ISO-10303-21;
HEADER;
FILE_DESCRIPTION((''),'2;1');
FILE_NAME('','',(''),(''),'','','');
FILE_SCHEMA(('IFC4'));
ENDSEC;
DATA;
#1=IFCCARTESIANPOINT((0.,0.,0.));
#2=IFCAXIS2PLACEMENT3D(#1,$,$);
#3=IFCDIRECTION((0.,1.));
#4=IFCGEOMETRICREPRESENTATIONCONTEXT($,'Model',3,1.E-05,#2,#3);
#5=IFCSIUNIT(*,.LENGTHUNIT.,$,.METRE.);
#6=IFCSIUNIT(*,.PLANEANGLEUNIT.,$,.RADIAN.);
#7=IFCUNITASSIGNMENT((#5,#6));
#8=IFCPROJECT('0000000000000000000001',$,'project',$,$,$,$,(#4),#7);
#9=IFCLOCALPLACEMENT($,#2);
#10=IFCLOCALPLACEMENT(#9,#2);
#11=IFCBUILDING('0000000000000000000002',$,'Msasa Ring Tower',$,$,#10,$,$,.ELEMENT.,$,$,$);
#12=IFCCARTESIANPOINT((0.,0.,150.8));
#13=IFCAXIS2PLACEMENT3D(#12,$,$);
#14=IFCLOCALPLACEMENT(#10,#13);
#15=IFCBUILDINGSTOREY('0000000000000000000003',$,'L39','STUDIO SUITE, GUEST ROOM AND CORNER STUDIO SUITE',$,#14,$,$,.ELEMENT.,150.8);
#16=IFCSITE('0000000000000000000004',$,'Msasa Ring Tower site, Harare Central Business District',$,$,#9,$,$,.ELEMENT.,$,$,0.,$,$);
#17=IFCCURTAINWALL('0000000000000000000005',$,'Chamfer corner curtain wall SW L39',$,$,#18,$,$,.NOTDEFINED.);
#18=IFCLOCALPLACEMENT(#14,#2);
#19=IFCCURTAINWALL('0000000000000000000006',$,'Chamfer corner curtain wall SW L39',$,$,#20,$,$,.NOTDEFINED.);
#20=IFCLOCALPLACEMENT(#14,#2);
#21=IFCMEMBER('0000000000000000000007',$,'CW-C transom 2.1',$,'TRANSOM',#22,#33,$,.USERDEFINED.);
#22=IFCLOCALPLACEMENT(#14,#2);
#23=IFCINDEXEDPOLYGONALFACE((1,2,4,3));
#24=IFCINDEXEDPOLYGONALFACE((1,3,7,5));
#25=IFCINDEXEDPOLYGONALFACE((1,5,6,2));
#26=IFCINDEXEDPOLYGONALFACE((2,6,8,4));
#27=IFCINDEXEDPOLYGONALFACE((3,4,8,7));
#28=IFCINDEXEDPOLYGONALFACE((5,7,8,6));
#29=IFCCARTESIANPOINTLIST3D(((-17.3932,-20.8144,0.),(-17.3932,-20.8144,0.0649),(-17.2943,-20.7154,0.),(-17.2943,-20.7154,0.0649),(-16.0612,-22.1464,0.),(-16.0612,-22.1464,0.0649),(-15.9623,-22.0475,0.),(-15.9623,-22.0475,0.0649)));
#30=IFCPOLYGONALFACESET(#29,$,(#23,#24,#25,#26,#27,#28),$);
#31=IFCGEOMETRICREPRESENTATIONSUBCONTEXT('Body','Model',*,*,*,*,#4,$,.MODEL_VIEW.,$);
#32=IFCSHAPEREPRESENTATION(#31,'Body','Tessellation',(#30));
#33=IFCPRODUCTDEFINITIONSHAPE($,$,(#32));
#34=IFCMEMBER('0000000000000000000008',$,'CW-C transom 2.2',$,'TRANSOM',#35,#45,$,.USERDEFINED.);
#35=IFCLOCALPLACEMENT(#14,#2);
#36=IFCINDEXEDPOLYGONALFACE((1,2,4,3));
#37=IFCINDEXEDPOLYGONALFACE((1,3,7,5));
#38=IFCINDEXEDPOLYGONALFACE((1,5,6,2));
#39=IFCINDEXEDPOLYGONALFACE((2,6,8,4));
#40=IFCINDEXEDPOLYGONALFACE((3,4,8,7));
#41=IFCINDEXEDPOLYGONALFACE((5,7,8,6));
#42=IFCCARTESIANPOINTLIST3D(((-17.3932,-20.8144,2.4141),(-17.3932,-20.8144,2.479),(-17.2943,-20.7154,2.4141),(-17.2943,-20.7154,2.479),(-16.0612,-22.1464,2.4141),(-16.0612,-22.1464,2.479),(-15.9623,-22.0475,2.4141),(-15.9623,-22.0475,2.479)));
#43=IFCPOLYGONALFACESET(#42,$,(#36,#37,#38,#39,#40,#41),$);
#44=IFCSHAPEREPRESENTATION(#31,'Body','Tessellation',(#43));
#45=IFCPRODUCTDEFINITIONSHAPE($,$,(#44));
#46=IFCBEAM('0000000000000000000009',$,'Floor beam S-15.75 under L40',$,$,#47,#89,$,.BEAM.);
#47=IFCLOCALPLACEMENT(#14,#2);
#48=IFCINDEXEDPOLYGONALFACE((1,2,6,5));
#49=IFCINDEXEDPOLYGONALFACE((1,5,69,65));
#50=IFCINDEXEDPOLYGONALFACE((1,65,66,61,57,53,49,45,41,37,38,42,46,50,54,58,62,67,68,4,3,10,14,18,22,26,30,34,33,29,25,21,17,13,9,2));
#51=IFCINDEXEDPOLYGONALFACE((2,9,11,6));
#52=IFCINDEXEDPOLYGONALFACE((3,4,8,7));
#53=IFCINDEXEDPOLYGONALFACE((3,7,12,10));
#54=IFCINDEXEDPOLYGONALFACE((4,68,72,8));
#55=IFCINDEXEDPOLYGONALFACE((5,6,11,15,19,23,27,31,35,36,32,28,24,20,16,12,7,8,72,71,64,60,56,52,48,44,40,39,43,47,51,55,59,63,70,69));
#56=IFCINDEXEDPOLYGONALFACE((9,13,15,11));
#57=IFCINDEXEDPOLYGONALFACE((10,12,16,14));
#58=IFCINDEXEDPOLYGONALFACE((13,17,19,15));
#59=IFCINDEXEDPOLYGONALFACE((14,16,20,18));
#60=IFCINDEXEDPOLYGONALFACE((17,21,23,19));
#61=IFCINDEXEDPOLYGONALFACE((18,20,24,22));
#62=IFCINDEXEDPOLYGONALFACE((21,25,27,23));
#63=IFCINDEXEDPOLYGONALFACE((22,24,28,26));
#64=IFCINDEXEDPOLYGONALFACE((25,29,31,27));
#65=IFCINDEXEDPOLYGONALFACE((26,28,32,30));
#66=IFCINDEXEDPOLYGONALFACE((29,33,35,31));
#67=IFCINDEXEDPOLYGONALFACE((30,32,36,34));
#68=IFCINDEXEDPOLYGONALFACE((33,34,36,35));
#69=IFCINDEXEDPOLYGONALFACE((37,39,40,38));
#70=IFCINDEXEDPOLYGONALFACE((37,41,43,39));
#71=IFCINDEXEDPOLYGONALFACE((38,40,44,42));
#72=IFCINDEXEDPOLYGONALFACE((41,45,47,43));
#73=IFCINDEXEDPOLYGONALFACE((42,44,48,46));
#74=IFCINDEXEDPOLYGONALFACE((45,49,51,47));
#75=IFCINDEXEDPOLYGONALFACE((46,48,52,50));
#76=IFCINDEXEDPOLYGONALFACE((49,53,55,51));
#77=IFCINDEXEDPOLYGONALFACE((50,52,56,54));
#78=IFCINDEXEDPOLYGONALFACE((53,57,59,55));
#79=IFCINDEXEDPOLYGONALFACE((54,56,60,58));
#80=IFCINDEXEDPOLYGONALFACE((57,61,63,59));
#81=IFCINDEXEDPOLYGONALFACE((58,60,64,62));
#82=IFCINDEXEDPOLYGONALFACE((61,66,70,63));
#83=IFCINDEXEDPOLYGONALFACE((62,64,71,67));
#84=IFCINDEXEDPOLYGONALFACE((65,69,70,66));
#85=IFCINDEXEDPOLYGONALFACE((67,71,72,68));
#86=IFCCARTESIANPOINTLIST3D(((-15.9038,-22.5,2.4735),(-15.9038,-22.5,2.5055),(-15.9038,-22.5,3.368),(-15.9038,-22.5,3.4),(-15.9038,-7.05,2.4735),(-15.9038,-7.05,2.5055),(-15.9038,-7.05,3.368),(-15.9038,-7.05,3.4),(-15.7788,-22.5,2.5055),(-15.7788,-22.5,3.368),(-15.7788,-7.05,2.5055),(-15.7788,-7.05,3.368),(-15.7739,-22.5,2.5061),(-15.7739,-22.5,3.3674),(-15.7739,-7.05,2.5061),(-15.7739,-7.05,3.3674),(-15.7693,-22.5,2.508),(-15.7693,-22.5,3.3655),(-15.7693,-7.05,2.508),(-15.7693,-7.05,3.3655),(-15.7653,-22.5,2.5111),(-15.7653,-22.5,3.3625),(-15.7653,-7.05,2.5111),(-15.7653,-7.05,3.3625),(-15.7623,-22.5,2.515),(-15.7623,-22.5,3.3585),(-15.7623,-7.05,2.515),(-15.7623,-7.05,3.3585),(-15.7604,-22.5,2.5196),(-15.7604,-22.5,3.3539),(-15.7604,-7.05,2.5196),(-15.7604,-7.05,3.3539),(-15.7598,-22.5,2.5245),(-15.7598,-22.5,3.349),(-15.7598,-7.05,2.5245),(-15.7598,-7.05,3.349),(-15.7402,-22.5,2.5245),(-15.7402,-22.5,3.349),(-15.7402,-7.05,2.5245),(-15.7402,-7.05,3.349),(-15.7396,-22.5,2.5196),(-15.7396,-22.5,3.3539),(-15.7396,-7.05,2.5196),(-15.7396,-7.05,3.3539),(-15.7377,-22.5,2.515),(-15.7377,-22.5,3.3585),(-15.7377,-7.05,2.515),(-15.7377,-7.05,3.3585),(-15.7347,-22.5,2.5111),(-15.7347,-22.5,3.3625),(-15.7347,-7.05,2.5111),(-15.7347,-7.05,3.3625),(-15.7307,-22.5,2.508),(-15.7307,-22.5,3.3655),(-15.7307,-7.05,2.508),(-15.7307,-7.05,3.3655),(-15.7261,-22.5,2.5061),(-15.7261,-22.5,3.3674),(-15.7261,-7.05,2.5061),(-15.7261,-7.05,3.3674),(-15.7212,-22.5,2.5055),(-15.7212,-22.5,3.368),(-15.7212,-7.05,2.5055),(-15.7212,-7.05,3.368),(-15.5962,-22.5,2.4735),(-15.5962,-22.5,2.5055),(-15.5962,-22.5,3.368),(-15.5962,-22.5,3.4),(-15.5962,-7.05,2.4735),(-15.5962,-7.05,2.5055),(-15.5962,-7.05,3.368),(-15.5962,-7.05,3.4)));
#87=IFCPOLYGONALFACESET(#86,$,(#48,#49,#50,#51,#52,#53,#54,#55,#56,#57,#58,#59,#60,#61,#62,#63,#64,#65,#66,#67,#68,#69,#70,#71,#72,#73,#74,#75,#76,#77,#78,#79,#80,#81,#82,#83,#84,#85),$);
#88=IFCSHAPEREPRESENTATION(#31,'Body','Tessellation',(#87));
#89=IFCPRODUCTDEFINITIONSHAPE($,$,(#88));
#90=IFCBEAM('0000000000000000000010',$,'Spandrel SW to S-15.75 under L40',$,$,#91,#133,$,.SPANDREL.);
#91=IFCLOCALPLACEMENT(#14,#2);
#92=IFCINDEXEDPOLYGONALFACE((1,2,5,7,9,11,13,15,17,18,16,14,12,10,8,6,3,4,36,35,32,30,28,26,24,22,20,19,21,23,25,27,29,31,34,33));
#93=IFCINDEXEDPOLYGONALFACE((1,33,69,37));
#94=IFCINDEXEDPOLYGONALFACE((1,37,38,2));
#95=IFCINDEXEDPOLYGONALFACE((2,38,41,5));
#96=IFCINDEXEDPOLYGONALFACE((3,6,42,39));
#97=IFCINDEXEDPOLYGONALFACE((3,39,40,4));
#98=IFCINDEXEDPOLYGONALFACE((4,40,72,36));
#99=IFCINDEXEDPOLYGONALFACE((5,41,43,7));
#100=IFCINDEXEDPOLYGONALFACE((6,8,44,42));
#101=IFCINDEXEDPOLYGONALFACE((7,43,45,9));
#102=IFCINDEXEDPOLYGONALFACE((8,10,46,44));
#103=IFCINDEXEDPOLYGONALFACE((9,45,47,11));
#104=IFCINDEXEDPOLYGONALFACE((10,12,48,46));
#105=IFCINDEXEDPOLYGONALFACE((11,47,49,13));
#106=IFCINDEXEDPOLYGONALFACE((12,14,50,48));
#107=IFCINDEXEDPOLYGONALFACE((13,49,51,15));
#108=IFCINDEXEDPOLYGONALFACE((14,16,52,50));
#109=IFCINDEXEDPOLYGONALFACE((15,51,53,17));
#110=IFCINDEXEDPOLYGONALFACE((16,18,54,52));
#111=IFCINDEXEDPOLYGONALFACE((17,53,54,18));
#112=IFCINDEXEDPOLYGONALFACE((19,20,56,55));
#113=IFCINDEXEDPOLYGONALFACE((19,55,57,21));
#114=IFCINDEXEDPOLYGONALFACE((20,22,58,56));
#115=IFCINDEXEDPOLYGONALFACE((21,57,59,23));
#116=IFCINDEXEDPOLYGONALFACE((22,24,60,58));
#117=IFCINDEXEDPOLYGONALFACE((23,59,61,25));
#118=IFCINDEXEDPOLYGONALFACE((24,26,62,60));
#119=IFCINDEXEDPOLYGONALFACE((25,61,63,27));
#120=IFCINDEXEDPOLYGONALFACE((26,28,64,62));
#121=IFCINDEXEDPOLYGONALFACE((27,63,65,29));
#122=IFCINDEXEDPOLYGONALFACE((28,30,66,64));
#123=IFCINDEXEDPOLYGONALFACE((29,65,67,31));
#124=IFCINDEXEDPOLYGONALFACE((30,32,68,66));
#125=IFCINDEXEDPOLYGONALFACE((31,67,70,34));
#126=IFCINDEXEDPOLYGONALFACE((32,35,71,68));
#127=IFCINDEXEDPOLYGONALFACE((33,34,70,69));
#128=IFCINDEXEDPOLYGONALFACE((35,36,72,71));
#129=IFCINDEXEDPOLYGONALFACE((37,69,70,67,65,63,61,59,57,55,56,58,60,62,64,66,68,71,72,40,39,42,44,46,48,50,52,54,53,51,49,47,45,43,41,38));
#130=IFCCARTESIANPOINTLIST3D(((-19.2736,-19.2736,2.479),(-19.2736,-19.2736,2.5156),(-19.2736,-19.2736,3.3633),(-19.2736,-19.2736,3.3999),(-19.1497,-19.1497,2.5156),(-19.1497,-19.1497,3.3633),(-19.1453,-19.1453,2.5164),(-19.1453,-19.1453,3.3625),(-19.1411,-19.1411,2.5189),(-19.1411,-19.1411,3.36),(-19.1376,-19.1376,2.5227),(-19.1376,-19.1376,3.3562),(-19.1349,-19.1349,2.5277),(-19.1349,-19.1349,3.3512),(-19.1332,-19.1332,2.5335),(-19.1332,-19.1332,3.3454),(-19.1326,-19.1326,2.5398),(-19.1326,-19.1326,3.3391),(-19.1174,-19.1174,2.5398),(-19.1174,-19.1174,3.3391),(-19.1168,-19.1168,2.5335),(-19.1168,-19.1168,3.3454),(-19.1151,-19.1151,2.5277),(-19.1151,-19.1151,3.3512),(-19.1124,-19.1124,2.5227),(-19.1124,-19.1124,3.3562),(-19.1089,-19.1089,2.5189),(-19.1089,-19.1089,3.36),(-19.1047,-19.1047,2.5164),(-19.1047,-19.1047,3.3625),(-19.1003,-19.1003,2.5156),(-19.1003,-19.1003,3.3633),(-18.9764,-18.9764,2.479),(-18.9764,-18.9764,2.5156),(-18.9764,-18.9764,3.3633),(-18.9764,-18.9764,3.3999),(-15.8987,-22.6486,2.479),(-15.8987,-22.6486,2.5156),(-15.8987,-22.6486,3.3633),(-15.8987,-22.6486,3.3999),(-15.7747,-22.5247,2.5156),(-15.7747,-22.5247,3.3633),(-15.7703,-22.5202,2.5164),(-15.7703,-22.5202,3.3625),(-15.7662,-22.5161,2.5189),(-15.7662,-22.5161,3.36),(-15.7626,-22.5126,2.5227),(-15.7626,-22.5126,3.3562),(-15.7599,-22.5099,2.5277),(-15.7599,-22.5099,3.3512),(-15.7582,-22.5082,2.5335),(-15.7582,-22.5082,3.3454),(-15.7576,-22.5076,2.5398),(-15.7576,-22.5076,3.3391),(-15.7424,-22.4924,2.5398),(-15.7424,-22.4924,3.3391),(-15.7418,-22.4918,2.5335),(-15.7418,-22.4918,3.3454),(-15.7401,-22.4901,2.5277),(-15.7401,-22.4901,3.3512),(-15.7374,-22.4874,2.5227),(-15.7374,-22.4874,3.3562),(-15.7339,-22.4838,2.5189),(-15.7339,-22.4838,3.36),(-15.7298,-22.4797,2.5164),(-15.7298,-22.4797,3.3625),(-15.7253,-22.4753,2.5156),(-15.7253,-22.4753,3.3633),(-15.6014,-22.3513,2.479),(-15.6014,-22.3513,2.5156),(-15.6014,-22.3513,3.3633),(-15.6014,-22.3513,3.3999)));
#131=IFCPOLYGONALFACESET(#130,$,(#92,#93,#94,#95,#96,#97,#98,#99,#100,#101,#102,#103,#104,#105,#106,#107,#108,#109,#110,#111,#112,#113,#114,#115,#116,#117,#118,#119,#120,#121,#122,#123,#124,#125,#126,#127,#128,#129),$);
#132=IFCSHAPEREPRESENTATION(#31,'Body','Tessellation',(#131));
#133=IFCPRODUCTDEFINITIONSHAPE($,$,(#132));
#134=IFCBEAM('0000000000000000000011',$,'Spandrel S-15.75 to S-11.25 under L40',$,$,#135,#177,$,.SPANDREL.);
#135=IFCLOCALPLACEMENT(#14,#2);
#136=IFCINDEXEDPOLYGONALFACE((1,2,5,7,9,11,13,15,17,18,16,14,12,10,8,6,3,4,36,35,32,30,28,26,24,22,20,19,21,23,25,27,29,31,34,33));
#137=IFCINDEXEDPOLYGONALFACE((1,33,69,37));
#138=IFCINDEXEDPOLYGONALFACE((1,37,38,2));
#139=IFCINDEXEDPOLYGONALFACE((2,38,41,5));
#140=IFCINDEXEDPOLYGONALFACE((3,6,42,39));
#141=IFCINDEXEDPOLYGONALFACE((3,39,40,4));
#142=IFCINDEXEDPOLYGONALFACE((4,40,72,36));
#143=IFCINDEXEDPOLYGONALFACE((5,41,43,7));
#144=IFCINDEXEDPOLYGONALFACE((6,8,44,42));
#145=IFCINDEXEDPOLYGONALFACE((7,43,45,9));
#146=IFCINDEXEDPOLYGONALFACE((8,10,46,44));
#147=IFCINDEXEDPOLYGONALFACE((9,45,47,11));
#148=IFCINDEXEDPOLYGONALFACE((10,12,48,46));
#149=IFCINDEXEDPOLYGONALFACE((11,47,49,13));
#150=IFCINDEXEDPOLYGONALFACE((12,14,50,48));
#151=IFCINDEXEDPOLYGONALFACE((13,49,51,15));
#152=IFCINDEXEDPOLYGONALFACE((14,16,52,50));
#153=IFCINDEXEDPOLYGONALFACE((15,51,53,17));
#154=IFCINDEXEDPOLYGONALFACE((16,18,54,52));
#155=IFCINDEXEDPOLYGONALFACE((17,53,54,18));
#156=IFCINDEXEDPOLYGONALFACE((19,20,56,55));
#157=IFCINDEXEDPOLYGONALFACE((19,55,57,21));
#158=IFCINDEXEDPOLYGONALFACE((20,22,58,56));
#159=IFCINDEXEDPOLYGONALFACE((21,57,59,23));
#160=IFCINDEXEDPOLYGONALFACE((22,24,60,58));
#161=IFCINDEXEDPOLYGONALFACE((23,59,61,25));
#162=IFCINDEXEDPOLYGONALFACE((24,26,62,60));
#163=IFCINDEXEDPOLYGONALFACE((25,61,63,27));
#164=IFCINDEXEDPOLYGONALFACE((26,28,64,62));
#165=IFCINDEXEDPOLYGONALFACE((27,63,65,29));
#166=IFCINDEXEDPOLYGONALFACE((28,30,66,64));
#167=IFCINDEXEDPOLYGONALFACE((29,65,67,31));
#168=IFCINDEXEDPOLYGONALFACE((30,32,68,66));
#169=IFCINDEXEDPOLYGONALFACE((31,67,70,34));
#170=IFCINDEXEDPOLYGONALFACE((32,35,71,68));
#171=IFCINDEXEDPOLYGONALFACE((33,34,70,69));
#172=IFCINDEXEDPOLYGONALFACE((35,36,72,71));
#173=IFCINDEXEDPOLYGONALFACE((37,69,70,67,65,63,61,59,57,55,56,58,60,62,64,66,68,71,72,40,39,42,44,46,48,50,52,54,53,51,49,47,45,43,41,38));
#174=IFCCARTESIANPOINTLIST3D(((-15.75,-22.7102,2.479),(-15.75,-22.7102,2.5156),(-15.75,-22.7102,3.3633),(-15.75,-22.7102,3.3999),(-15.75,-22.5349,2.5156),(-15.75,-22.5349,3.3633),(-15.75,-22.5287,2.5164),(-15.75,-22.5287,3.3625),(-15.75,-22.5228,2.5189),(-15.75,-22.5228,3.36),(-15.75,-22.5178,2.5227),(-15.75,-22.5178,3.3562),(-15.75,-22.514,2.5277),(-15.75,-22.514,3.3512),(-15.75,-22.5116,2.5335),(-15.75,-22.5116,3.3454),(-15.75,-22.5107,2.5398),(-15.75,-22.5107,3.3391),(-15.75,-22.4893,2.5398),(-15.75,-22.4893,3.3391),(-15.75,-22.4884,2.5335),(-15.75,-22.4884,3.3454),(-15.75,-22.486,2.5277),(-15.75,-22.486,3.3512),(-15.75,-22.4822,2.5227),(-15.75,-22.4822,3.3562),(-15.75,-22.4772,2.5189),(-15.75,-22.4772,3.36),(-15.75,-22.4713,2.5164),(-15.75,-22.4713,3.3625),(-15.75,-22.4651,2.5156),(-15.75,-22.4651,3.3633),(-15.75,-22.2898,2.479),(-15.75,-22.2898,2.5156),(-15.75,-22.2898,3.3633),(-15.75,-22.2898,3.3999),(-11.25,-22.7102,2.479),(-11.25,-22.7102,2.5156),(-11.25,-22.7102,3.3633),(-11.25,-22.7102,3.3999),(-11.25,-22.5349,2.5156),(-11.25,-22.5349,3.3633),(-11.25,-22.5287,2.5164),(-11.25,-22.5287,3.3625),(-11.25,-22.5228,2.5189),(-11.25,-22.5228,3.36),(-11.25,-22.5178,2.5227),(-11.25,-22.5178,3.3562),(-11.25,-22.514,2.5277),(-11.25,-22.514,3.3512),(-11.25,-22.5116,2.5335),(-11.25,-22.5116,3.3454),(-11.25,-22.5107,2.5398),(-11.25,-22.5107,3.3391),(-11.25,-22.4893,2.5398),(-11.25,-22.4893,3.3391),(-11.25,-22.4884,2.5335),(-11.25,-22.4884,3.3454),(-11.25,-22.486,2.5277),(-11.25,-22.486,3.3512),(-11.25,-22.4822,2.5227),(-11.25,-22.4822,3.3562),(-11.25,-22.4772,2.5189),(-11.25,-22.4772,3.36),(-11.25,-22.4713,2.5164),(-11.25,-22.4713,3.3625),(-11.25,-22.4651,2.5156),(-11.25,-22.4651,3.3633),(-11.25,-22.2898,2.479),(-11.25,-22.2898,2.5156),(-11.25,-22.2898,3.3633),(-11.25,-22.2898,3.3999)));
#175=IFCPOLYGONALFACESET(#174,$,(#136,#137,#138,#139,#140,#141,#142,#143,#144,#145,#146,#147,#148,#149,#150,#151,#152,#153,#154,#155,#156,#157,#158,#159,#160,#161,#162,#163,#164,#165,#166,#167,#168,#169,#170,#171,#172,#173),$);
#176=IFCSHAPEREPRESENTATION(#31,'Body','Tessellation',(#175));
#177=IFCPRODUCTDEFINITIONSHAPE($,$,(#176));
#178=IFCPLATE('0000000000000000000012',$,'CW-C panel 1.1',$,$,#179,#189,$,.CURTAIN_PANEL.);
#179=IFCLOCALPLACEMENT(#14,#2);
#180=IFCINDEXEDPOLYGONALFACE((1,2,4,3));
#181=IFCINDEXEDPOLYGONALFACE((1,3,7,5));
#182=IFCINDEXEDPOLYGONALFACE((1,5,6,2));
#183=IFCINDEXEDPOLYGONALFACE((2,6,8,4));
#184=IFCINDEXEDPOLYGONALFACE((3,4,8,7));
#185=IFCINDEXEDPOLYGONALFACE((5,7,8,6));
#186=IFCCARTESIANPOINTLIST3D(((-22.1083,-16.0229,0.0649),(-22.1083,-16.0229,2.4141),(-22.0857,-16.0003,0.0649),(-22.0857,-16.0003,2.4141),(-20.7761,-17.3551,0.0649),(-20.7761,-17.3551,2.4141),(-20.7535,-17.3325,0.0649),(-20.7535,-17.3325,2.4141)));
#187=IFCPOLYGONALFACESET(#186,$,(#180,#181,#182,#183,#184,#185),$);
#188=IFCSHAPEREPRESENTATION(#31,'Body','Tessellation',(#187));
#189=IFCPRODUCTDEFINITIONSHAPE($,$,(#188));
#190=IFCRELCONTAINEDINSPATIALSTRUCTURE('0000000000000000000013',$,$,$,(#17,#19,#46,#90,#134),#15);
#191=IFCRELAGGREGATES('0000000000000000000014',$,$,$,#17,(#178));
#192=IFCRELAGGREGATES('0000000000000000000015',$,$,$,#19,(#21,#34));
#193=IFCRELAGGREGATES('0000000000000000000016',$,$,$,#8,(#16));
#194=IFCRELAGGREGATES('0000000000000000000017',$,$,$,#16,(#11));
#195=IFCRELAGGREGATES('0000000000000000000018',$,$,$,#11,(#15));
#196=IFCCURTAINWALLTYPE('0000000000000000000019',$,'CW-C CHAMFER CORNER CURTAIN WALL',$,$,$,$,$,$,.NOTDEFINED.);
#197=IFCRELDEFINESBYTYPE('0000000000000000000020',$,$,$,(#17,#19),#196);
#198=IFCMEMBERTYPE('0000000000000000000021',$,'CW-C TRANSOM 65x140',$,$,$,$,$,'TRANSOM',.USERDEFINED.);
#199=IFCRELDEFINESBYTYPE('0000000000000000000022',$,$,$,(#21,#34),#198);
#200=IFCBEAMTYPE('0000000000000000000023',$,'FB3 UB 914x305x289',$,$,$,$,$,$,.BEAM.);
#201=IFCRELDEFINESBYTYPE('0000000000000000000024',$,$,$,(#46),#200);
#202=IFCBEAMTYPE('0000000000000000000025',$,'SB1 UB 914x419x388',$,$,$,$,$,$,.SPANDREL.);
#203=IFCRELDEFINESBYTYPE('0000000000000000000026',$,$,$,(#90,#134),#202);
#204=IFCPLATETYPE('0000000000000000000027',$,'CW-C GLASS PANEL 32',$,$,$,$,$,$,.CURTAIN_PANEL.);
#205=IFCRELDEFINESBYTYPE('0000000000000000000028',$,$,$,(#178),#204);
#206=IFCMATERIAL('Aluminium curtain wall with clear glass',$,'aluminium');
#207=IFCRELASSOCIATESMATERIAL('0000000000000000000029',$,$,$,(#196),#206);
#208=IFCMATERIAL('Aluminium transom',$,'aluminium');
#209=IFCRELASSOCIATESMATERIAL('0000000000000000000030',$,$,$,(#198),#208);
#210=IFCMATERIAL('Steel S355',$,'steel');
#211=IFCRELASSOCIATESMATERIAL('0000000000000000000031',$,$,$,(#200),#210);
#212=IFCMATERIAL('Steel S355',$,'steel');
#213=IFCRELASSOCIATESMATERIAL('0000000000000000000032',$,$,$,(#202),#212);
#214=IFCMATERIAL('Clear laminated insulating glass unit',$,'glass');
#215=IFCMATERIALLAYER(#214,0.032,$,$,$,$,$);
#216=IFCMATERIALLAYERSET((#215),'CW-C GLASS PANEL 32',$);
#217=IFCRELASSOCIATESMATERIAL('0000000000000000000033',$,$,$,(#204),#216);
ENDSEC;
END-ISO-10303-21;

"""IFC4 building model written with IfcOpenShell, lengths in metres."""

from ifc_helpers import new_model, si_unit, direction, frame, origin, origin_2d, place, context, subcontext, project, spatial, rectangle, i_section, extrude, material, layer, layer_set, material_profile, profile_set, type_object, element, aggregate, save


model = new_model("IFC4")

# Units and contexts
model_context = context("Model", 3, precision=1e-05, world=origin(), true_north=direction((0.0, 1.0)))
body_context = subcontext(model_context, "Body", "Model", "MODEL_VIEW")
ifc_project = project(units=[si_unit("LENGTHUNIT", "METRE"), si_unit("PLANEANGLEUNIT", "RADIAN")], contexts=[model_context])

# Site, building, storey
site_placement = place(None, origin())
site = spatial("IfcSite", under=ifc_project, at=site_placement, Name="Msasa Ring Tower site, Harare Central Business District", CompositionType="ELEMENT", RefElevation=0.0)
building_placement = place(site_placement, origin())
building = spatial("IfcBuilding", under=site, at=building_placement, Name="Msasa Ring Tower", CompositionType="ELEMENT")
storey_placement = place(building_placement, frame((0.0, 0.0, 150.8)))
storey = spatial("IfcBuildingStorey", under=building, at=storey_placement, Name="L39", Description="STUDIO SUITE, GUEST ROOM AND CORNER STUDIO SUITE", CompositionType="ELEMENT", Elevation=150.8)

# Curtain walls
ifc_material_1 = material(Name="Aluminium curtain wall with clear glass", Category="aluminium")
curtain_wall_type = type_object("IfcCurtainWallType", Name="CW-C CHAMFER CORNER CURTAIN WALL", PredefinedType="NOTDEFINED", material=ifc_material_1)
curtain_wall_1_placement = place(storey_placement, origin())
curtain_wall_1 = element("IfcCurtainWall", 1, at=curtain_wall_1_placement, inside=storey, type_object=curtain_wall_type, Name="Chamfer corner curtain wall SW L39", PredefinedType="NOTDEFINED")
curtain_wall_2_placement = place(storey_placement, origin())
curtain_wall_2 = element("IfcCurtainWall", 2, at=curtain_wall_2_placement, inside=storey, type_object=curtain_wall_type, Name="Chamfer corner curtain wall SW L39", PredefinedType="NOTDEFINED")

# Members
ifc_material_2 = material(Name="Aluminium transom", Category="aluminium")
ifc_material_profile_1 = material_profile(ifc_material_2, rectangle(XDim=0.1399, YDim=0.0649, at=origin_2d()), Name="AL 65x140")
ifc_profile_set_1 = profile_set([ifc_material_profile_1], Name="Aluminium transom")
member_type_1 = type_object("IfcMemberType", Name="CW-C TRANSOM 65x140", ElementType="TRANSOM", PredefinedType="USERDEFINED", material=ifc_profile_set_1)
member_1_placement = place(storey_placement, frame((-17.3438, -20.7649, 0.0325), z_axis=(0.707107, -0.707107, 0.0), x_axis=(0.707107, 0.707107, 0.0)))
member_1 = element("IfcMember", 3, at=member_1_placement, type_object=member_type_1, Name="CW-C transom 2.1", ObjectType="TRANSOM", PredefinedType="USERDEFINED", context=body_context, shape_type="SweptSolid", body=[
    extrude(rectangle(XDim=0.1399, YDim=0.0649, at=origin_2d()), origin(), (0.0, 0.0, 1.0), 1.8838),
])
member_2_placement = place(storey_placement, frame((-17.3438, -20.7649, 2.4465), z_axis=(0.707107, -0.707107, 0.0), x_axis=(0.707107, 0.707107, 0.0)))
member_2 = element("IfcMember", 4, at=member_2_placement, type_object=member_type_1, Name="CW-C transom 2.2", ObjectType="TRANSOM", PredefinedType="USERDEFINED", context=body_context, shape_type="SweptSolid", body=[
    extrude(rectangle(XDim=0.1399, YDim=0.0649, at=origin_2d()), origin(), (0.0, 0.0, 1.0), 1.8838),
])

# Beams
ifc_material_3 = material(Name="Steel S355", Category="steel")
ifc_material_profile_2 = material_profile(ifc_material_3, i_section(OverallWidth=0.3076, OverallDepth=0.9265, WebThickness=0.0195, FlangeThickness=0.032, FilletRadius=0.019, at=origin_2d()), Name="UB 914x305x289")
ifc_profile_set_2 = profile_set([ifc_material_profile_2], Name="Steel S355")
beam_type_1 = type_object("IfcBeamType", Name="FB3 UB 914x305x289", PredefinedType="BEAM", material=ifc_profile_set_2)
beam_1_placement = place(storey_placement, frame((-15.75, -22.5, 2.9368), z_axis=(0.0, 1.0, 0.0), x_axis=(-1.0, 0.0, 0.0)))
element("IfcBeam", 5, at=beam_1_placement, inside=storey, type_object=beam_type_1, Name="Floor beam S-15.75 under L40", PredefinedType="BEAM", context=body_context, shape_type="SweptSolid", body=[
    extrude(i_section(OverallWidth=0.3076, OverallDepth=0.9265, WebThickness=0.0195, FlangeThickness=0.032, FilletRadius=0.019, at=origin_2d()), origin(), (0.0, 0.0, 1.0), 15.45),
])
ifc_material_4 = material(Name="Steel S355", Category="steel")
ifc_material_profile_3 = material_profile(ifc_material_4, i_section(OverallWidth=0.4204, OverallDepth=0.9209, WebThickness=0.0215, FlangeThickness=0.0366, FilletRadius=0.0242, at=origin_2d()), Name="UB 914x419x388")
ifc_profile_set_3 = profile_set([ifc_material_profile_3], Name="Steel S355")
beam_type_2 = type_object("IfcBeamType", Name="SB1 UB 914x419x388", PredefinedType="SPANDREL", material=ifc_profile_set_3)
beam_2_placement = place(storey_placement, frame((-19.125, -19.125, 2.9395), z_axis=(0.707107, -0.707107, 0.0), x_axis=(0.707107, 0.707107, 0.0)))
element("IfcBeam", 6, at=beam_2_placement, inside=storey, type_object=beam_type_2, Name="Spandrel SW to S-15.75 under L40", PredefinedType="SPANDREL", context=body_context, shape_type="SweptSolid", body=[
    extrude(i_section(OverallWidth=0.4204, OverallDepth=0.9209, WebThickness=0.0215, FlangeThickness=0.0366, FilletRadius=0.0242, at=origin_2d()), origin(), (0.0, 0.0, 1.0), 4.7729),
])
beam_3_placement = place(storey_placement, frame((-15.75, -22.5, 2.9395), z_axis=(1.0, 0.0, 0.0), x_axis=(0.0, 1.0, 0.0)))
element("IfcBeam", 7, at=beam_3_placement, inside=storey, type_object=beam_type_2, Name="Spandrel S-15.75 to S-11.25 under L40", PredefinedType="SPANDREL", context=body_context, shape_type="SweptSolid", body=[
    extrude(i_section(OverallWidth=0.4204, OverallDepth=0.9209, WebThickness=0.0215, FlangeThickness=0.0366, FilletRadius=0.0242, at=origin_2d()), origin(), (0.0, 0.0, 1.0), 4.5),
])

# Plate
ifc_material_5 = material(Name="Clear laminated insulating glass unit", Category="glass")
ifc_layer_1 = layer(ifc_material_5, 0.032)
ifc_layer_set_1 = layer_set([ifc_layer_1], Name="CW-C GLASS PANEL 32")
plate_type = type_object("IfcPlateType", Name="CW-C GLASS PANEL 32", PredefinedType="CURTAIN_PANEL", material=ifc_layer_set_1)
plate_1_placement = place(storey_placement, frame((-21.4309, -16.6777, 0.0649), z_axis=(0.0, 0.0, 1.0), x_axis=(0.707107, -0.707107, 0.0)))
plate_1 = element("IfcPlate", 8, at=plate_1_placement, type_object=plate_type, Name="CW-C panel 1.1", PredefinedType="CURTAIN_PANEL", context=body_context, shape_type="SweptSolid", body=[
    extrude(rectangle(XDim=1.884, YDim=0.032, at=origin_2d()), origin(), (0.0, 0.0, 1.0), 2.3491),
])
aggregate(curtain_wall_1, [plate_1])
aggregate(curtain_wall_2, [member_1, member_2])

save(model, "model.ifc")
